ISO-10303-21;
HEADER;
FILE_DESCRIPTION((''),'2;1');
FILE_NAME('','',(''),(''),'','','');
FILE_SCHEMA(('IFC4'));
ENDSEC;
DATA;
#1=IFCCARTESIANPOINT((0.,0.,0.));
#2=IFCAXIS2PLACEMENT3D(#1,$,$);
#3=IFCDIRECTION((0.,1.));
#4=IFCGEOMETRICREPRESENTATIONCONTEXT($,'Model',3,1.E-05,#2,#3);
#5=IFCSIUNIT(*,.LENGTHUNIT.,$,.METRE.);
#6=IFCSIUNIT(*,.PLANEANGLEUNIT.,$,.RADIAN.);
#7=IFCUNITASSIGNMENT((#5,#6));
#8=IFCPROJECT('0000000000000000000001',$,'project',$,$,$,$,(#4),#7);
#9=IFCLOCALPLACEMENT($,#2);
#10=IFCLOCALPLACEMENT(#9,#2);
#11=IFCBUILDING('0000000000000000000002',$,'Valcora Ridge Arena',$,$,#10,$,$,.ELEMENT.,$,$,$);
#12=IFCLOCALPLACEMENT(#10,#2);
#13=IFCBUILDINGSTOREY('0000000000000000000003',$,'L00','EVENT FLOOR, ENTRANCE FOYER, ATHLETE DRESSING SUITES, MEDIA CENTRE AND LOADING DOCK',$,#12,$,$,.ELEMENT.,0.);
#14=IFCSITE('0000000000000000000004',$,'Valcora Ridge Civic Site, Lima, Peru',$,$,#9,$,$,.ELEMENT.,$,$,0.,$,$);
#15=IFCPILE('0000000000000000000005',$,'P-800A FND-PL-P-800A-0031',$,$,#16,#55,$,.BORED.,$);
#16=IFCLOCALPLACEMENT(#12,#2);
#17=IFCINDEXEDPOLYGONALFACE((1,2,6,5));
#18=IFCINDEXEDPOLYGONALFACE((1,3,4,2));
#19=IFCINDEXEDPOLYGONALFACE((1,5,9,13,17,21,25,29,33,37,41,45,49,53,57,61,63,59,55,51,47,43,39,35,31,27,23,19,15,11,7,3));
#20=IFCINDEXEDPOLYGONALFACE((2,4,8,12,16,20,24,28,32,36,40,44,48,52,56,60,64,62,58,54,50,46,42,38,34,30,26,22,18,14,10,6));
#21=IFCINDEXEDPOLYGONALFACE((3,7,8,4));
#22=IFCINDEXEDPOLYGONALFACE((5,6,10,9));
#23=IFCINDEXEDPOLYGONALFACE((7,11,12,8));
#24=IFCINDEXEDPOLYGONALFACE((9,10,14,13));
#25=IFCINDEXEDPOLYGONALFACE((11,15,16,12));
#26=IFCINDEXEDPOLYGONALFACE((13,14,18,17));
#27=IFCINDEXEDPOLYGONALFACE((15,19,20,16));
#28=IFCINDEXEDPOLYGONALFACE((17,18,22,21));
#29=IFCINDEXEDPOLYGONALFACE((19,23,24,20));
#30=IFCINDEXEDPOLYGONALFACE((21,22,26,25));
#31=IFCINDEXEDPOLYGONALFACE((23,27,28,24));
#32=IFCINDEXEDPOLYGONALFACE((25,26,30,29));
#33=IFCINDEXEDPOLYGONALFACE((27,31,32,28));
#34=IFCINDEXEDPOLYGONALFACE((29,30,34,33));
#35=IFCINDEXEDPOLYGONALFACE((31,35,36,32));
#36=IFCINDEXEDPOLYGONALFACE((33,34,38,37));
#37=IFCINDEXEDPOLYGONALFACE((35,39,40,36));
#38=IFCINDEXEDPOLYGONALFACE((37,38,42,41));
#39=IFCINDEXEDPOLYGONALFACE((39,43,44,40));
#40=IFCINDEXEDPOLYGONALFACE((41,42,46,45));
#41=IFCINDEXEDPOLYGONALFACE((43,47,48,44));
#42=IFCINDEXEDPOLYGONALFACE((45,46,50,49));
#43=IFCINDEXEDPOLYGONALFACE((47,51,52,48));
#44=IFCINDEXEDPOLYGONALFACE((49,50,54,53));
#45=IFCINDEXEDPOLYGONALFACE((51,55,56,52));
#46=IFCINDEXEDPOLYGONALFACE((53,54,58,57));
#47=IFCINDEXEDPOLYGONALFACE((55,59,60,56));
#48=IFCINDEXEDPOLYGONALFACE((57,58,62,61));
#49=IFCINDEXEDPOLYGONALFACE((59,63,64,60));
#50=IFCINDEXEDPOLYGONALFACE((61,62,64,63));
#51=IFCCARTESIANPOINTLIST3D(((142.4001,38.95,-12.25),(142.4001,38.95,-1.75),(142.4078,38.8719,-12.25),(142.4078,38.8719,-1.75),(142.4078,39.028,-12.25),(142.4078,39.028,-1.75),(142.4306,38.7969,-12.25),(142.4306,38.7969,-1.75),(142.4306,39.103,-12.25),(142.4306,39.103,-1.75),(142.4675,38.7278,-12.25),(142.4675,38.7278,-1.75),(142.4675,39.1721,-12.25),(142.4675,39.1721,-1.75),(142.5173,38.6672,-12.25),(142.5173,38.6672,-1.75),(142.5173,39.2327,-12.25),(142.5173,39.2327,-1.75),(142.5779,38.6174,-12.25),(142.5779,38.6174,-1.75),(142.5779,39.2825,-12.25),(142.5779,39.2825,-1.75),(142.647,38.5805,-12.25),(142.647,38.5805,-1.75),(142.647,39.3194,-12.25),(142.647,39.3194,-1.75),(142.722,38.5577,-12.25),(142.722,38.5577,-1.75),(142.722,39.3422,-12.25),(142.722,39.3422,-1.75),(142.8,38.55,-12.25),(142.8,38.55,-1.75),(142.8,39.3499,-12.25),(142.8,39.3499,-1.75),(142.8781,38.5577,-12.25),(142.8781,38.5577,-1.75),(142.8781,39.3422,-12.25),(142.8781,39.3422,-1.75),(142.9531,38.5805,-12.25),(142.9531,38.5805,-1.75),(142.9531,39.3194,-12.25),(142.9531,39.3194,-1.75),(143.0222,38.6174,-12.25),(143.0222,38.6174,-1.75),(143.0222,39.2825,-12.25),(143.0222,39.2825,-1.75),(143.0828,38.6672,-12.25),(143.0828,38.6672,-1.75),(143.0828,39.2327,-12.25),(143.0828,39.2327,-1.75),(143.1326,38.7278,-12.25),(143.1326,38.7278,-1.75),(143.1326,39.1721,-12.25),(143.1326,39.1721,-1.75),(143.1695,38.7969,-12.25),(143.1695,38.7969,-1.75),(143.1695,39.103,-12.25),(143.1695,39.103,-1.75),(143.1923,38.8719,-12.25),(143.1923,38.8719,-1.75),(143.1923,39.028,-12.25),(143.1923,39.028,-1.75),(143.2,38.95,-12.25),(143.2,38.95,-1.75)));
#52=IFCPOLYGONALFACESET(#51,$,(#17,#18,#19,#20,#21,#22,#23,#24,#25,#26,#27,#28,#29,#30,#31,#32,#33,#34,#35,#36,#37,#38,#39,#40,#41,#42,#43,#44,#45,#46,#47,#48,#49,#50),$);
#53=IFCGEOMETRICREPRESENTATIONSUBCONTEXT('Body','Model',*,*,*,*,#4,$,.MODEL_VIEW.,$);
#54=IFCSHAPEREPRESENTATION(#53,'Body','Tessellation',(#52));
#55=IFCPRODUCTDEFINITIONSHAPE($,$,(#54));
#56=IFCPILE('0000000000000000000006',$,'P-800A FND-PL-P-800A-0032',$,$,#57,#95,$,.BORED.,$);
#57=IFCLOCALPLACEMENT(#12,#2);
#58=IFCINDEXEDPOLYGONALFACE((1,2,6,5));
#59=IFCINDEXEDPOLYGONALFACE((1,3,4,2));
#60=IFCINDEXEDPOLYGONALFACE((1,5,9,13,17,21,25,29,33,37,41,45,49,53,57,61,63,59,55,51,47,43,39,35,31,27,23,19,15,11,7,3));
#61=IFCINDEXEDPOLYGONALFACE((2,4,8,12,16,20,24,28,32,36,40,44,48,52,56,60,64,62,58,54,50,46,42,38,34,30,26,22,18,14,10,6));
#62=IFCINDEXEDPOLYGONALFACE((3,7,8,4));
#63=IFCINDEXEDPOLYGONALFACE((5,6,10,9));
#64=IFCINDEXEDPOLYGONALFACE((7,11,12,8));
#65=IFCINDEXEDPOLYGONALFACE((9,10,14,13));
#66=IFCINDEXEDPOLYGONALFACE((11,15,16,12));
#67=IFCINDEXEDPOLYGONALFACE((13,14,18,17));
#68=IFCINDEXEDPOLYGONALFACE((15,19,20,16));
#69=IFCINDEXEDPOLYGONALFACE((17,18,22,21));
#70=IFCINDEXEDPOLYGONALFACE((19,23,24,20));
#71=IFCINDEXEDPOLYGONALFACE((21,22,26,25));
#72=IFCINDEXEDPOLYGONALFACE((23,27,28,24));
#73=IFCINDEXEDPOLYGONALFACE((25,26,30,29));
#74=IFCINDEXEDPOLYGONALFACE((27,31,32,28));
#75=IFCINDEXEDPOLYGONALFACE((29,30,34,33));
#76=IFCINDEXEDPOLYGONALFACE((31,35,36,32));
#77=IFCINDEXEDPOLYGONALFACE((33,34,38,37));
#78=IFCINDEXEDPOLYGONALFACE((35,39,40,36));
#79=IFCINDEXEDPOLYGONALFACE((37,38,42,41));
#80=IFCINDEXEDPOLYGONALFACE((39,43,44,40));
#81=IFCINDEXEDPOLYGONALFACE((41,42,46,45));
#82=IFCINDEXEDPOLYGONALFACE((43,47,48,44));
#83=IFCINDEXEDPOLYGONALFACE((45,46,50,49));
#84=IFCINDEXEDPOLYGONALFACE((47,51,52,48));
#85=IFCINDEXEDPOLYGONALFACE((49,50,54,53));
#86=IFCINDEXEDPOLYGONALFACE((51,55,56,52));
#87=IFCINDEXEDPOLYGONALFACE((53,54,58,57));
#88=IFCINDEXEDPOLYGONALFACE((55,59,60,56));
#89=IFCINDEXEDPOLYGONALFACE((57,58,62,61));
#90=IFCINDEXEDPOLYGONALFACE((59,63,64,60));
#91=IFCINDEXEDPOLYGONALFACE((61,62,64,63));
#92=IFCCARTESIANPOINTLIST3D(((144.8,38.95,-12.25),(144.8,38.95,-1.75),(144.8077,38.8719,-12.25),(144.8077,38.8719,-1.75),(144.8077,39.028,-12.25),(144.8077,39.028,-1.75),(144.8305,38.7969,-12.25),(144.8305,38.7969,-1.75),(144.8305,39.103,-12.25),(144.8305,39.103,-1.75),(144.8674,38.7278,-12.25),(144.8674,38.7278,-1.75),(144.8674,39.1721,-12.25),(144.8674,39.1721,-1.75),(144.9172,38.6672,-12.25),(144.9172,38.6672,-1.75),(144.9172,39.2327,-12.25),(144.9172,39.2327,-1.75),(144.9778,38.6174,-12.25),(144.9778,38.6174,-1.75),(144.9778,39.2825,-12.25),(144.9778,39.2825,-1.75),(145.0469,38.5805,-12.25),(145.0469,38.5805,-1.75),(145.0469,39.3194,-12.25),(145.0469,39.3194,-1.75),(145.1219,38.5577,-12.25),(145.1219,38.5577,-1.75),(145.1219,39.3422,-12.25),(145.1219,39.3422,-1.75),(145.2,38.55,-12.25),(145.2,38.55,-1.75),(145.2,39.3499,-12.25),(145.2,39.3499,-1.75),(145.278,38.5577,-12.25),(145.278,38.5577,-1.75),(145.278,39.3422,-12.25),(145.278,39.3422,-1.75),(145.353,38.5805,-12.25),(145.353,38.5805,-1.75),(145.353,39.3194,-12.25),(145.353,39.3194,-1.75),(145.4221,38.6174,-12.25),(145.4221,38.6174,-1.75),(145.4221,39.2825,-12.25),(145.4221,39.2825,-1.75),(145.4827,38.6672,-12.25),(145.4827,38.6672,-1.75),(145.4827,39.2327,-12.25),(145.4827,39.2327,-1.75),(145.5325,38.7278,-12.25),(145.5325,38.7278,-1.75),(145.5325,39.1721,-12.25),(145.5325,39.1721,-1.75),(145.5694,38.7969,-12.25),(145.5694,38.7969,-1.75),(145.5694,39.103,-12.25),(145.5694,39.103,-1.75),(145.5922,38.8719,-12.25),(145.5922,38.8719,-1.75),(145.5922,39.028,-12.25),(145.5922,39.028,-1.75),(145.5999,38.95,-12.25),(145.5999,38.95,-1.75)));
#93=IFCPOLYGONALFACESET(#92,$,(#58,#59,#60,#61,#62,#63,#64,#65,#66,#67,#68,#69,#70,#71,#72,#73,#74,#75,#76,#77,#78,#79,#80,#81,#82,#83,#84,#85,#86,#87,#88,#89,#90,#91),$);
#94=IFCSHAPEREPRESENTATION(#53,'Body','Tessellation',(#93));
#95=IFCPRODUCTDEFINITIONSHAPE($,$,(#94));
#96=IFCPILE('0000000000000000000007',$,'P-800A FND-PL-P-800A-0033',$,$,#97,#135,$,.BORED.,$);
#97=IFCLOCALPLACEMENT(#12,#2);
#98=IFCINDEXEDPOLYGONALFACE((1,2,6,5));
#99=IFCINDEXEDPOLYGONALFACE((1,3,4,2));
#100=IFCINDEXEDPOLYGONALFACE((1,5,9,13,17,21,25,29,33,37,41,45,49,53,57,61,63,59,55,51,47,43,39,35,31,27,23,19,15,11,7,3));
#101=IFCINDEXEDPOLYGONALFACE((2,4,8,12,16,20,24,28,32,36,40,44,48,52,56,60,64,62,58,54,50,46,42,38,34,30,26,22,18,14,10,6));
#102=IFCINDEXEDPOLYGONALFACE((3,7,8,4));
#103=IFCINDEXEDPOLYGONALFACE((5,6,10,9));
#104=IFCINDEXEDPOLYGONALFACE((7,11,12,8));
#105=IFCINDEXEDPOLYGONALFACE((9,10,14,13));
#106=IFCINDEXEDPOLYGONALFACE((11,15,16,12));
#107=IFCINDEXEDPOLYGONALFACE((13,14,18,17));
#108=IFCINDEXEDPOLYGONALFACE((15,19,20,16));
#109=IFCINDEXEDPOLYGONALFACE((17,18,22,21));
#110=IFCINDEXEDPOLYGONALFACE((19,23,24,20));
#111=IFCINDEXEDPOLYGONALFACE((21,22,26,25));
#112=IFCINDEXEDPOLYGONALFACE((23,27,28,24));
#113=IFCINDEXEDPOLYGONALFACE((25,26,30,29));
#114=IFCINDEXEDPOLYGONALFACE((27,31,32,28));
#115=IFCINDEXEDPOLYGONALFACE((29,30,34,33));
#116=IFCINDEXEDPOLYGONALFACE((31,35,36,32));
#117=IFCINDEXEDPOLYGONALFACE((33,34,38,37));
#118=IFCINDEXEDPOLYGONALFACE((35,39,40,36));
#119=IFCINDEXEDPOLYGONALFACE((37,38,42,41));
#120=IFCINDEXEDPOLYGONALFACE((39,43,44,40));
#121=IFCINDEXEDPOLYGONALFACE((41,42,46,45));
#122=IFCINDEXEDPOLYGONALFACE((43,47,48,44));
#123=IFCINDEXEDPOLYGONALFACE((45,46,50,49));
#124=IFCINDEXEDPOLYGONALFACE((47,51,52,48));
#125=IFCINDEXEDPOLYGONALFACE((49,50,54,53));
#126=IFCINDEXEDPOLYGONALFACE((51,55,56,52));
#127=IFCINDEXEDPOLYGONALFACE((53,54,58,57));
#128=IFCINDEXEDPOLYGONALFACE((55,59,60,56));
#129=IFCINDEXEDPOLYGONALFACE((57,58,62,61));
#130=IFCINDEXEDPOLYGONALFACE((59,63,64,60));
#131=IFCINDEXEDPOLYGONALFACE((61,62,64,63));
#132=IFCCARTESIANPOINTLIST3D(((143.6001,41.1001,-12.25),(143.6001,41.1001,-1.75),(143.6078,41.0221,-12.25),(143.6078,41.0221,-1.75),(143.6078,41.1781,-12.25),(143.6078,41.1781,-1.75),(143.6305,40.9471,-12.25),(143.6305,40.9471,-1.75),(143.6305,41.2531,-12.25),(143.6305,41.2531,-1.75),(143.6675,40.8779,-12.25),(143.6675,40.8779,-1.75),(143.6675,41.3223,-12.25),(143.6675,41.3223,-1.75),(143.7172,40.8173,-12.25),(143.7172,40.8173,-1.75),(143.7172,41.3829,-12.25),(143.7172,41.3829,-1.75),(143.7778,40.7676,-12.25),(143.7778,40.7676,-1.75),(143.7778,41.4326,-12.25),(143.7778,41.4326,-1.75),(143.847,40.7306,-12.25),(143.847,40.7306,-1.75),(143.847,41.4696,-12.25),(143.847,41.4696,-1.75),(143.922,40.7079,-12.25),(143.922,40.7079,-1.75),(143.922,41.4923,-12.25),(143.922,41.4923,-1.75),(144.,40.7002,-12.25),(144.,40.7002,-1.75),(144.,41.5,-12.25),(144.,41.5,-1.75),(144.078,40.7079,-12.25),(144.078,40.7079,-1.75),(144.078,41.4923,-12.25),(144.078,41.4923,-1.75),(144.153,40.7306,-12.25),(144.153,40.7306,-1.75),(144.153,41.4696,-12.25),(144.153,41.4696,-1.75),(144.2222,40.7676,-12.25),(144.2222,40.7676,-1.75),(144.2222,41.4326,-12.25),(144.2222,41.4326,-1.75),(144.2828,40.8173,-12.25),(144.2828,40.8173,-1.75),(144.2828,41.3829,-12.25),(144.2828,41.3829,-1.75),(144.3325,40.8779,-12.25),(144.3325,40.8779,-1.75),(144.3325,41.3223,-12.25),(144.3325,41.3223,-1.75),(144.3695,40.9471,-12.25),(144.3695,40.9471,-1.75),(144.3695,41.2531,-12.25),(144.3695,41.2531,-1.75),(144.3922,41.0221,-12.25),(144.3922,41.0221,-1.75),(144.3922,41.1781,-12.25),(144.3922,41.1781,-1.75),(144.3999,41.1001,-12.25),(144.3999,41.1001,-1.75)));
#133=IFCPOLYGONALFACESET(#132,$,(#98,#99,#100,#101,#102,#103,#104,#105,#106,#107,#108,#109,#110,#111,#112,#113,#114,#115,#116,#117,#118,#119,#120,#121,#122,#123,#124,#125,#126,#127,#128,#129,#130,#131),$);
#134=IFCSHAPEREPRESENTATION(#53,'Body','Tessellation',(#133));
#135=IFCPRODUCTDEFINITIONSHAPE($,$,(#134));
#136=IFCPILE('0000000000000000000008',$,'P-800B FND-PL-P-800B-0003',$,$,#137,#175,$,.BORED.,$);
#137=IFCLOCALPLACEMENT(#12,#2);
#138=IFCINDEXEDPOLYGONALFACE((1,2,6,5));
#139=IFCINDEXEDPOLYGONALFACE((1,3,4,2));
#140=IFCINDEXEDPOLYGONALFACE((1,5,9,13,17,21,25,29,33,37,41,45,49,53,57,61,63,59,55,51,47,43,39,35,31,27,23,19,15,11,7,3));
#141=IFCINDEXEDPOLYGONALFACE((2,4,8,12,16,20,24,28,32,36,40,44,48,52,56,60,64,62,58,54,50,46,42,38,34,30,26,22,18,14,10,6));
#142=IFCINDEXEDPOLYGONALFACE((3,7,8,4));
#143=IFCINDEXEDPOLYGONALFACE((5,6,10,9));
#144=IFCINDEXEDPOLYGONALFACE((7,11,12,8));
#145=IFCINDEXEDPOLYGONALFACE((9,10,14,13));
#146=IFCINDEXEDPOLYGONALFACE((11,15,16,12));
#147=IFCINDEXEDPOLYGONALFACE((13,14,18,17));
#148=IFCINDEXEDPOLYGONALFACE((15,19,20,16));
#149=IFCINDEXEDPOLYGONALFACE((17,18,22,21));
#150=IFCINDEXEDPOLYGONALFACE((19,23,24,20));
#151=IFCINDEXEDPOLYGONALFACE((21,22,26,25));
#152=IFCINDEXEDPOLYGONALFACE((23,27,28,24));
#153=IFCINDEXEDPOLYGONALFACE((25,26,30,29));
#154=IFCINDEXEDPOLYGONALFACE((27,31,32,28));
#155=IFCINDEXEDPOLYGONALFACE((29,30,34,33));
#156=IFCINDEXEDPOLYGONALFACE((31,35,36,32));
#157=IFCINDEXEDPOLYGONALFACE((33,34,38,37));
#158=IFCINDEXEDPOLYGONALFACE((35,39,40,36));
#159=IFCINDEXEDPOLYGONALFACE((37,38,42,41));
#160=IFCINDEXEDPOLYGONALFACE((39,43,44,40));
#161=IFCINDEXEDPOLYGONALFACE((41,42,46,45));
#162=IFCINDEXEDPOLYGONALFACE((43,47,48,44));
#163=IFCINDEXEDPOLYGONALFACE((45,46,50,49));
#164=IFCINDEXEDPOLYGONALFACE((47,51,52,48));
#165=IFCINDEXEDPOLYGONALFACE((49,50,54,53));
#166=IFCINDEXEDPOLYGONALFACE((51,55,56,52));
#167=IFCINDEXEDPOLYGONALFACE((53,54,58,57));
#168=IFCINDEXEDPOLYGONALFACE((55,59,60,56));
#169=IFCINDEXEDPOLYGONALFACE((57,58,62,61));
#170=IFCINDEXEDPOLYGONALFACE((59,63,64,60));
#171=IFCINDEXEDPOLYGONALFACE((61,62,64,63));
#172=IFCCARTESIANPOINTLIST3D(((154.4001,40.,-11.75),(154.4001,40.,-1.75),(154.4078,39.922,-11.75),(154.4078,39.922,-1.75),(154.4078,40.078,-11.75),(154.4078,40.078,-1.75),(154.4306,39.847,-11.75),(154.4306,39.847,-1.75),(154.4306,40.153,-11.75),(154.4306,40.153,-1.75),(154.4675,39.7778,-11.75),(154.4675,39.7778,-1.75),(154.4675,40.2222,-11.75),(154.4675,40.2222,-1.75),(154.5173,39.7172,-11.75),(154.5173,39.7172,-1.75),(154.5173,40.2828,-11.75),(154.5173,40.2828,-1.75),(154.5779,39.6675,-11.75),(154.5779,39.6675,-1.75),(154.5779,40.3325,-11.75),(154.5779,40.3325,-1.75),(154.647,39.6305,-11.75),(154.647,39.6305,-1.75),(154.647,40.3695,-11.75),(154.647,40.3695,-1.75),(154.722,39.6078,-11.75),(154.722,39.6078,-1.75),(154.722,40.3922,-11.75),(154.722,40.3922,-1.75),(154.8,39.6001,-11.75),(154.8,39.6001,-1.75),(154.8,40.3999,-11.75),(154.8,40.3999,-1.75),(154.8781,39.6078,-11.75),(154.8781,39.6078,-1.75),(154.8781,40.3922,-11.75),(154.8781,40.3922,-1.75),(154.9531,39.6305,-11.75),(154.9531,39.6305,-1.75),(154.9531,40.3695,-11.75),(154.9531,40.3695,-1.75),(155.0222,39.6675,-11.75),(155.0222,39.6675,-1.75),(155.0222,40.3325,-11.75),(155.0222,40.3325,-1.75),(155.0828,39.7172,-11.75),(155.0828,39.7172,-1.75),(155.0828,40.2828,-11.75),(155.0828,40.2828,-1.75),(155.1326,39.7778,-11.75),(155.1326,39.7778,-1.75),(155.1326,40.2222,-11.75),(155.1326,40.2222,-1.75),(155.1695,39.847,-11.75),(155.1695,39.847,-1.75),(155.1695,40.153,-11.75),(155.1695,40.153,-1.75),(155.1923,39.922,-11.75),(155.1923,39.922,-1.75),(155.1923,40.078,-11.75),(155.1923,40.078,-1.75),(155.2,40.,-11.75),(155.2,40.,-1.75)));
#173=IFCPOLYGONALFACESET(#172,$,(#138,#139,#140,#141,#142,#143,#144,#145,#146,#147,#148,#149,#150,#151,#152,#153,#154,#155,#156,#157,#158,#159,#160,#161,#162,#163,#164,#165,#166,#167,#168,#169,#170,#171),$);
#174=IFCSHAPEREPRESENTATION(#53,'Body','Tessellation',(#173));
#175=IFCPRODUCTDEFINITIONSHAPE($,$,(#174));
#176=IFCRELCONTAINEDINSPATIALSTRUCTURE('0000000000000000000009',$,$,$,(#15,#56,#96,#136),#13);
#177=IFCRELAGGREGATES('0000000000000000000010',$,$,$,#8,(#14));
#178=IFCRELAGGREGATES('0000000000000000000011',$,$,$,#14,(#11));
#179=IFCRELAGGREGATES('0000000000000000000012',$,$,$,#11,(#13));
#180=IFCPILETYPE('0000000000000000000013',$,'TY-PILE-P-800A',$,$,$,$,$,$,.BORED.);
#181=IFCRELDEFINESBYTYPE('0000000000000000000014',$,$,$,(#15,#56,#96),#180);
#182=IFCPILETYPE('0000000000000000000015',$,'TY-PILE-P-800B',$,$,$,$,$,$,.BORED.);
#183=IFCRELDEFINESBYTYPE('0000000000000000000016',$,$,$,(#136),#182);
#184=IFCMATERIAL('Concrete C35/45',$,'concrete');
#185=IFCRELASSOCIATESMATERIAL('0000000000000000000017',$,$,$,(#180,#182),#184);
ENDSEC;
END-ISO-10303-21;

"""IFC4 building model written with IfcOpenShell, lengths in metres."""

from ifc_helpers import new_model, si_unit, direction, frame, origin, origin_2d, place, context, subcontext, project, spatial, circle, extrude, material, material_profile, profile_set, type_object, element, save


model = new_model("IFC4")

# Units and contexts
model_context = context("Model", 3, precision=1e-05, world=origin(), true_north=direction((0.0, 1.0)))
body_context = subcontext(model_context, "Body", "Model", "MODEL_VIEW")
ifc_project = project(units=[si_unit("LENGTHUNIT", "METRE"), si_unit("PLANEANGLEUNIT", "RADIAN")], contexts=[model_context])

# Site, building, storey
site_placement = place(None, origin())
site = spatial("IfcSite", under=ifc_project, at=site_placement, Name="Valcora Ridge Civic Site, Lima, Peru", CompositionType="ELEMENT", RefElevation=0.0)
building_placement = place(site_placement, origin())
building = spatial("IfcBuilding", under=site, at=building_placement, Name="Valcora Ridge Arena", CompositionType="ELEMENT")
storey_placement = place(building_placement, origin())
storey = spatial("IfcBuildingStorey", under=building, at=storey_placement, Name="L00", Description="EVENT FLOOR, ENTRANCE FOYER, ATHLETE DRESSING SUITES, MEDIA CENTRE AND LOADING DOCK", CompositionType="ELEMENT", Elevation=0.0)

# Piles
ifc_material_1 = material(Name="Concrete C35/45", Category="concrete")
ifc_material_profile_1 = material_profile(ifc_material_1, circle(Radius=0.3999, at=origin_2d()), Name="BORED PILE D800")
ifc_profile_set_1 = profile_set([ifc_material_profile_1], Name="Concrete C35/45")
pile_type_1 = type_object("IfcPileType", Name="TY-PILE-P-800A", PredefinedType="BORED", material=ifc_profile_set_1)
for number, where, z_axis, x_axis, name in (
    (1, (142.8, 38.95, -1.75), (0.0, 0.0, -1.0), (1.0, 0.0, 0.0), "P-800A FND-PL-P-800A-0031"),
    (2, (145.2, 38.95, -1.75), (0.0, 0.0, -1.0), (1.0, 0.0, 0.0), "P-800A FND-PL-P-800A-0032"),
    (3, (144.0, 41.1001, -1.75), (0.0, 0.0, -1.0), (1.0, 0.0, 0.0), "P-800A FND-PL-P-800A-0033"),
):
    element("IfcPile", number, at=place(storey_placement, frame(where, z_axis=z_axis, x_axis=x_axis)), inside=storey, type_object=pile_type_1, Name=name, PredefinedType="BORED", context=body_context, shape_type="SweptSolid", body=[
        extrude(circle(Radius=0.3999, at=origin_2d()), origin(), (0.0, 0.0, 1.0), 10.5),
    ])
ifc_material_profile_2 = material_profile(ifc_material_1, circle(Radius=0.3999, at=origin_2d()), Name="BORED PILE D800")
ifc_profile_set_2 = profile_set([ifc_material_profile_2], Name="Concrete C35/45")
pile_type_2 = type_object("IfcPileType", Name="TY-PILE-P-800B", PredefinedType="BORED", material=ifc_profile_set_2)
for number, where, z_axis, x_axis, name in (
    (4, (154.8, 40.0, -1.75), (0.0, 0.0, -1.0), (1.0, 0.0, 0.0), "P-800B FND-PL-P-800B-0003"),
):
    element("IfcPile", number, at=place(storey_placement, frame(where, z_axis=z_axis, x_axis=x_axis)), inside=storey, type_object=pile_type_2, Name=name, PredefinedType="BORED", context=body_context, shape_type="SweptSolid", body=[
        extrude(circle(Radius=0.3999, at=origin_2d()), origin(), (0.0, 0.0, 1.0), 10.0),
    ])

save(model, "model.ifc")
